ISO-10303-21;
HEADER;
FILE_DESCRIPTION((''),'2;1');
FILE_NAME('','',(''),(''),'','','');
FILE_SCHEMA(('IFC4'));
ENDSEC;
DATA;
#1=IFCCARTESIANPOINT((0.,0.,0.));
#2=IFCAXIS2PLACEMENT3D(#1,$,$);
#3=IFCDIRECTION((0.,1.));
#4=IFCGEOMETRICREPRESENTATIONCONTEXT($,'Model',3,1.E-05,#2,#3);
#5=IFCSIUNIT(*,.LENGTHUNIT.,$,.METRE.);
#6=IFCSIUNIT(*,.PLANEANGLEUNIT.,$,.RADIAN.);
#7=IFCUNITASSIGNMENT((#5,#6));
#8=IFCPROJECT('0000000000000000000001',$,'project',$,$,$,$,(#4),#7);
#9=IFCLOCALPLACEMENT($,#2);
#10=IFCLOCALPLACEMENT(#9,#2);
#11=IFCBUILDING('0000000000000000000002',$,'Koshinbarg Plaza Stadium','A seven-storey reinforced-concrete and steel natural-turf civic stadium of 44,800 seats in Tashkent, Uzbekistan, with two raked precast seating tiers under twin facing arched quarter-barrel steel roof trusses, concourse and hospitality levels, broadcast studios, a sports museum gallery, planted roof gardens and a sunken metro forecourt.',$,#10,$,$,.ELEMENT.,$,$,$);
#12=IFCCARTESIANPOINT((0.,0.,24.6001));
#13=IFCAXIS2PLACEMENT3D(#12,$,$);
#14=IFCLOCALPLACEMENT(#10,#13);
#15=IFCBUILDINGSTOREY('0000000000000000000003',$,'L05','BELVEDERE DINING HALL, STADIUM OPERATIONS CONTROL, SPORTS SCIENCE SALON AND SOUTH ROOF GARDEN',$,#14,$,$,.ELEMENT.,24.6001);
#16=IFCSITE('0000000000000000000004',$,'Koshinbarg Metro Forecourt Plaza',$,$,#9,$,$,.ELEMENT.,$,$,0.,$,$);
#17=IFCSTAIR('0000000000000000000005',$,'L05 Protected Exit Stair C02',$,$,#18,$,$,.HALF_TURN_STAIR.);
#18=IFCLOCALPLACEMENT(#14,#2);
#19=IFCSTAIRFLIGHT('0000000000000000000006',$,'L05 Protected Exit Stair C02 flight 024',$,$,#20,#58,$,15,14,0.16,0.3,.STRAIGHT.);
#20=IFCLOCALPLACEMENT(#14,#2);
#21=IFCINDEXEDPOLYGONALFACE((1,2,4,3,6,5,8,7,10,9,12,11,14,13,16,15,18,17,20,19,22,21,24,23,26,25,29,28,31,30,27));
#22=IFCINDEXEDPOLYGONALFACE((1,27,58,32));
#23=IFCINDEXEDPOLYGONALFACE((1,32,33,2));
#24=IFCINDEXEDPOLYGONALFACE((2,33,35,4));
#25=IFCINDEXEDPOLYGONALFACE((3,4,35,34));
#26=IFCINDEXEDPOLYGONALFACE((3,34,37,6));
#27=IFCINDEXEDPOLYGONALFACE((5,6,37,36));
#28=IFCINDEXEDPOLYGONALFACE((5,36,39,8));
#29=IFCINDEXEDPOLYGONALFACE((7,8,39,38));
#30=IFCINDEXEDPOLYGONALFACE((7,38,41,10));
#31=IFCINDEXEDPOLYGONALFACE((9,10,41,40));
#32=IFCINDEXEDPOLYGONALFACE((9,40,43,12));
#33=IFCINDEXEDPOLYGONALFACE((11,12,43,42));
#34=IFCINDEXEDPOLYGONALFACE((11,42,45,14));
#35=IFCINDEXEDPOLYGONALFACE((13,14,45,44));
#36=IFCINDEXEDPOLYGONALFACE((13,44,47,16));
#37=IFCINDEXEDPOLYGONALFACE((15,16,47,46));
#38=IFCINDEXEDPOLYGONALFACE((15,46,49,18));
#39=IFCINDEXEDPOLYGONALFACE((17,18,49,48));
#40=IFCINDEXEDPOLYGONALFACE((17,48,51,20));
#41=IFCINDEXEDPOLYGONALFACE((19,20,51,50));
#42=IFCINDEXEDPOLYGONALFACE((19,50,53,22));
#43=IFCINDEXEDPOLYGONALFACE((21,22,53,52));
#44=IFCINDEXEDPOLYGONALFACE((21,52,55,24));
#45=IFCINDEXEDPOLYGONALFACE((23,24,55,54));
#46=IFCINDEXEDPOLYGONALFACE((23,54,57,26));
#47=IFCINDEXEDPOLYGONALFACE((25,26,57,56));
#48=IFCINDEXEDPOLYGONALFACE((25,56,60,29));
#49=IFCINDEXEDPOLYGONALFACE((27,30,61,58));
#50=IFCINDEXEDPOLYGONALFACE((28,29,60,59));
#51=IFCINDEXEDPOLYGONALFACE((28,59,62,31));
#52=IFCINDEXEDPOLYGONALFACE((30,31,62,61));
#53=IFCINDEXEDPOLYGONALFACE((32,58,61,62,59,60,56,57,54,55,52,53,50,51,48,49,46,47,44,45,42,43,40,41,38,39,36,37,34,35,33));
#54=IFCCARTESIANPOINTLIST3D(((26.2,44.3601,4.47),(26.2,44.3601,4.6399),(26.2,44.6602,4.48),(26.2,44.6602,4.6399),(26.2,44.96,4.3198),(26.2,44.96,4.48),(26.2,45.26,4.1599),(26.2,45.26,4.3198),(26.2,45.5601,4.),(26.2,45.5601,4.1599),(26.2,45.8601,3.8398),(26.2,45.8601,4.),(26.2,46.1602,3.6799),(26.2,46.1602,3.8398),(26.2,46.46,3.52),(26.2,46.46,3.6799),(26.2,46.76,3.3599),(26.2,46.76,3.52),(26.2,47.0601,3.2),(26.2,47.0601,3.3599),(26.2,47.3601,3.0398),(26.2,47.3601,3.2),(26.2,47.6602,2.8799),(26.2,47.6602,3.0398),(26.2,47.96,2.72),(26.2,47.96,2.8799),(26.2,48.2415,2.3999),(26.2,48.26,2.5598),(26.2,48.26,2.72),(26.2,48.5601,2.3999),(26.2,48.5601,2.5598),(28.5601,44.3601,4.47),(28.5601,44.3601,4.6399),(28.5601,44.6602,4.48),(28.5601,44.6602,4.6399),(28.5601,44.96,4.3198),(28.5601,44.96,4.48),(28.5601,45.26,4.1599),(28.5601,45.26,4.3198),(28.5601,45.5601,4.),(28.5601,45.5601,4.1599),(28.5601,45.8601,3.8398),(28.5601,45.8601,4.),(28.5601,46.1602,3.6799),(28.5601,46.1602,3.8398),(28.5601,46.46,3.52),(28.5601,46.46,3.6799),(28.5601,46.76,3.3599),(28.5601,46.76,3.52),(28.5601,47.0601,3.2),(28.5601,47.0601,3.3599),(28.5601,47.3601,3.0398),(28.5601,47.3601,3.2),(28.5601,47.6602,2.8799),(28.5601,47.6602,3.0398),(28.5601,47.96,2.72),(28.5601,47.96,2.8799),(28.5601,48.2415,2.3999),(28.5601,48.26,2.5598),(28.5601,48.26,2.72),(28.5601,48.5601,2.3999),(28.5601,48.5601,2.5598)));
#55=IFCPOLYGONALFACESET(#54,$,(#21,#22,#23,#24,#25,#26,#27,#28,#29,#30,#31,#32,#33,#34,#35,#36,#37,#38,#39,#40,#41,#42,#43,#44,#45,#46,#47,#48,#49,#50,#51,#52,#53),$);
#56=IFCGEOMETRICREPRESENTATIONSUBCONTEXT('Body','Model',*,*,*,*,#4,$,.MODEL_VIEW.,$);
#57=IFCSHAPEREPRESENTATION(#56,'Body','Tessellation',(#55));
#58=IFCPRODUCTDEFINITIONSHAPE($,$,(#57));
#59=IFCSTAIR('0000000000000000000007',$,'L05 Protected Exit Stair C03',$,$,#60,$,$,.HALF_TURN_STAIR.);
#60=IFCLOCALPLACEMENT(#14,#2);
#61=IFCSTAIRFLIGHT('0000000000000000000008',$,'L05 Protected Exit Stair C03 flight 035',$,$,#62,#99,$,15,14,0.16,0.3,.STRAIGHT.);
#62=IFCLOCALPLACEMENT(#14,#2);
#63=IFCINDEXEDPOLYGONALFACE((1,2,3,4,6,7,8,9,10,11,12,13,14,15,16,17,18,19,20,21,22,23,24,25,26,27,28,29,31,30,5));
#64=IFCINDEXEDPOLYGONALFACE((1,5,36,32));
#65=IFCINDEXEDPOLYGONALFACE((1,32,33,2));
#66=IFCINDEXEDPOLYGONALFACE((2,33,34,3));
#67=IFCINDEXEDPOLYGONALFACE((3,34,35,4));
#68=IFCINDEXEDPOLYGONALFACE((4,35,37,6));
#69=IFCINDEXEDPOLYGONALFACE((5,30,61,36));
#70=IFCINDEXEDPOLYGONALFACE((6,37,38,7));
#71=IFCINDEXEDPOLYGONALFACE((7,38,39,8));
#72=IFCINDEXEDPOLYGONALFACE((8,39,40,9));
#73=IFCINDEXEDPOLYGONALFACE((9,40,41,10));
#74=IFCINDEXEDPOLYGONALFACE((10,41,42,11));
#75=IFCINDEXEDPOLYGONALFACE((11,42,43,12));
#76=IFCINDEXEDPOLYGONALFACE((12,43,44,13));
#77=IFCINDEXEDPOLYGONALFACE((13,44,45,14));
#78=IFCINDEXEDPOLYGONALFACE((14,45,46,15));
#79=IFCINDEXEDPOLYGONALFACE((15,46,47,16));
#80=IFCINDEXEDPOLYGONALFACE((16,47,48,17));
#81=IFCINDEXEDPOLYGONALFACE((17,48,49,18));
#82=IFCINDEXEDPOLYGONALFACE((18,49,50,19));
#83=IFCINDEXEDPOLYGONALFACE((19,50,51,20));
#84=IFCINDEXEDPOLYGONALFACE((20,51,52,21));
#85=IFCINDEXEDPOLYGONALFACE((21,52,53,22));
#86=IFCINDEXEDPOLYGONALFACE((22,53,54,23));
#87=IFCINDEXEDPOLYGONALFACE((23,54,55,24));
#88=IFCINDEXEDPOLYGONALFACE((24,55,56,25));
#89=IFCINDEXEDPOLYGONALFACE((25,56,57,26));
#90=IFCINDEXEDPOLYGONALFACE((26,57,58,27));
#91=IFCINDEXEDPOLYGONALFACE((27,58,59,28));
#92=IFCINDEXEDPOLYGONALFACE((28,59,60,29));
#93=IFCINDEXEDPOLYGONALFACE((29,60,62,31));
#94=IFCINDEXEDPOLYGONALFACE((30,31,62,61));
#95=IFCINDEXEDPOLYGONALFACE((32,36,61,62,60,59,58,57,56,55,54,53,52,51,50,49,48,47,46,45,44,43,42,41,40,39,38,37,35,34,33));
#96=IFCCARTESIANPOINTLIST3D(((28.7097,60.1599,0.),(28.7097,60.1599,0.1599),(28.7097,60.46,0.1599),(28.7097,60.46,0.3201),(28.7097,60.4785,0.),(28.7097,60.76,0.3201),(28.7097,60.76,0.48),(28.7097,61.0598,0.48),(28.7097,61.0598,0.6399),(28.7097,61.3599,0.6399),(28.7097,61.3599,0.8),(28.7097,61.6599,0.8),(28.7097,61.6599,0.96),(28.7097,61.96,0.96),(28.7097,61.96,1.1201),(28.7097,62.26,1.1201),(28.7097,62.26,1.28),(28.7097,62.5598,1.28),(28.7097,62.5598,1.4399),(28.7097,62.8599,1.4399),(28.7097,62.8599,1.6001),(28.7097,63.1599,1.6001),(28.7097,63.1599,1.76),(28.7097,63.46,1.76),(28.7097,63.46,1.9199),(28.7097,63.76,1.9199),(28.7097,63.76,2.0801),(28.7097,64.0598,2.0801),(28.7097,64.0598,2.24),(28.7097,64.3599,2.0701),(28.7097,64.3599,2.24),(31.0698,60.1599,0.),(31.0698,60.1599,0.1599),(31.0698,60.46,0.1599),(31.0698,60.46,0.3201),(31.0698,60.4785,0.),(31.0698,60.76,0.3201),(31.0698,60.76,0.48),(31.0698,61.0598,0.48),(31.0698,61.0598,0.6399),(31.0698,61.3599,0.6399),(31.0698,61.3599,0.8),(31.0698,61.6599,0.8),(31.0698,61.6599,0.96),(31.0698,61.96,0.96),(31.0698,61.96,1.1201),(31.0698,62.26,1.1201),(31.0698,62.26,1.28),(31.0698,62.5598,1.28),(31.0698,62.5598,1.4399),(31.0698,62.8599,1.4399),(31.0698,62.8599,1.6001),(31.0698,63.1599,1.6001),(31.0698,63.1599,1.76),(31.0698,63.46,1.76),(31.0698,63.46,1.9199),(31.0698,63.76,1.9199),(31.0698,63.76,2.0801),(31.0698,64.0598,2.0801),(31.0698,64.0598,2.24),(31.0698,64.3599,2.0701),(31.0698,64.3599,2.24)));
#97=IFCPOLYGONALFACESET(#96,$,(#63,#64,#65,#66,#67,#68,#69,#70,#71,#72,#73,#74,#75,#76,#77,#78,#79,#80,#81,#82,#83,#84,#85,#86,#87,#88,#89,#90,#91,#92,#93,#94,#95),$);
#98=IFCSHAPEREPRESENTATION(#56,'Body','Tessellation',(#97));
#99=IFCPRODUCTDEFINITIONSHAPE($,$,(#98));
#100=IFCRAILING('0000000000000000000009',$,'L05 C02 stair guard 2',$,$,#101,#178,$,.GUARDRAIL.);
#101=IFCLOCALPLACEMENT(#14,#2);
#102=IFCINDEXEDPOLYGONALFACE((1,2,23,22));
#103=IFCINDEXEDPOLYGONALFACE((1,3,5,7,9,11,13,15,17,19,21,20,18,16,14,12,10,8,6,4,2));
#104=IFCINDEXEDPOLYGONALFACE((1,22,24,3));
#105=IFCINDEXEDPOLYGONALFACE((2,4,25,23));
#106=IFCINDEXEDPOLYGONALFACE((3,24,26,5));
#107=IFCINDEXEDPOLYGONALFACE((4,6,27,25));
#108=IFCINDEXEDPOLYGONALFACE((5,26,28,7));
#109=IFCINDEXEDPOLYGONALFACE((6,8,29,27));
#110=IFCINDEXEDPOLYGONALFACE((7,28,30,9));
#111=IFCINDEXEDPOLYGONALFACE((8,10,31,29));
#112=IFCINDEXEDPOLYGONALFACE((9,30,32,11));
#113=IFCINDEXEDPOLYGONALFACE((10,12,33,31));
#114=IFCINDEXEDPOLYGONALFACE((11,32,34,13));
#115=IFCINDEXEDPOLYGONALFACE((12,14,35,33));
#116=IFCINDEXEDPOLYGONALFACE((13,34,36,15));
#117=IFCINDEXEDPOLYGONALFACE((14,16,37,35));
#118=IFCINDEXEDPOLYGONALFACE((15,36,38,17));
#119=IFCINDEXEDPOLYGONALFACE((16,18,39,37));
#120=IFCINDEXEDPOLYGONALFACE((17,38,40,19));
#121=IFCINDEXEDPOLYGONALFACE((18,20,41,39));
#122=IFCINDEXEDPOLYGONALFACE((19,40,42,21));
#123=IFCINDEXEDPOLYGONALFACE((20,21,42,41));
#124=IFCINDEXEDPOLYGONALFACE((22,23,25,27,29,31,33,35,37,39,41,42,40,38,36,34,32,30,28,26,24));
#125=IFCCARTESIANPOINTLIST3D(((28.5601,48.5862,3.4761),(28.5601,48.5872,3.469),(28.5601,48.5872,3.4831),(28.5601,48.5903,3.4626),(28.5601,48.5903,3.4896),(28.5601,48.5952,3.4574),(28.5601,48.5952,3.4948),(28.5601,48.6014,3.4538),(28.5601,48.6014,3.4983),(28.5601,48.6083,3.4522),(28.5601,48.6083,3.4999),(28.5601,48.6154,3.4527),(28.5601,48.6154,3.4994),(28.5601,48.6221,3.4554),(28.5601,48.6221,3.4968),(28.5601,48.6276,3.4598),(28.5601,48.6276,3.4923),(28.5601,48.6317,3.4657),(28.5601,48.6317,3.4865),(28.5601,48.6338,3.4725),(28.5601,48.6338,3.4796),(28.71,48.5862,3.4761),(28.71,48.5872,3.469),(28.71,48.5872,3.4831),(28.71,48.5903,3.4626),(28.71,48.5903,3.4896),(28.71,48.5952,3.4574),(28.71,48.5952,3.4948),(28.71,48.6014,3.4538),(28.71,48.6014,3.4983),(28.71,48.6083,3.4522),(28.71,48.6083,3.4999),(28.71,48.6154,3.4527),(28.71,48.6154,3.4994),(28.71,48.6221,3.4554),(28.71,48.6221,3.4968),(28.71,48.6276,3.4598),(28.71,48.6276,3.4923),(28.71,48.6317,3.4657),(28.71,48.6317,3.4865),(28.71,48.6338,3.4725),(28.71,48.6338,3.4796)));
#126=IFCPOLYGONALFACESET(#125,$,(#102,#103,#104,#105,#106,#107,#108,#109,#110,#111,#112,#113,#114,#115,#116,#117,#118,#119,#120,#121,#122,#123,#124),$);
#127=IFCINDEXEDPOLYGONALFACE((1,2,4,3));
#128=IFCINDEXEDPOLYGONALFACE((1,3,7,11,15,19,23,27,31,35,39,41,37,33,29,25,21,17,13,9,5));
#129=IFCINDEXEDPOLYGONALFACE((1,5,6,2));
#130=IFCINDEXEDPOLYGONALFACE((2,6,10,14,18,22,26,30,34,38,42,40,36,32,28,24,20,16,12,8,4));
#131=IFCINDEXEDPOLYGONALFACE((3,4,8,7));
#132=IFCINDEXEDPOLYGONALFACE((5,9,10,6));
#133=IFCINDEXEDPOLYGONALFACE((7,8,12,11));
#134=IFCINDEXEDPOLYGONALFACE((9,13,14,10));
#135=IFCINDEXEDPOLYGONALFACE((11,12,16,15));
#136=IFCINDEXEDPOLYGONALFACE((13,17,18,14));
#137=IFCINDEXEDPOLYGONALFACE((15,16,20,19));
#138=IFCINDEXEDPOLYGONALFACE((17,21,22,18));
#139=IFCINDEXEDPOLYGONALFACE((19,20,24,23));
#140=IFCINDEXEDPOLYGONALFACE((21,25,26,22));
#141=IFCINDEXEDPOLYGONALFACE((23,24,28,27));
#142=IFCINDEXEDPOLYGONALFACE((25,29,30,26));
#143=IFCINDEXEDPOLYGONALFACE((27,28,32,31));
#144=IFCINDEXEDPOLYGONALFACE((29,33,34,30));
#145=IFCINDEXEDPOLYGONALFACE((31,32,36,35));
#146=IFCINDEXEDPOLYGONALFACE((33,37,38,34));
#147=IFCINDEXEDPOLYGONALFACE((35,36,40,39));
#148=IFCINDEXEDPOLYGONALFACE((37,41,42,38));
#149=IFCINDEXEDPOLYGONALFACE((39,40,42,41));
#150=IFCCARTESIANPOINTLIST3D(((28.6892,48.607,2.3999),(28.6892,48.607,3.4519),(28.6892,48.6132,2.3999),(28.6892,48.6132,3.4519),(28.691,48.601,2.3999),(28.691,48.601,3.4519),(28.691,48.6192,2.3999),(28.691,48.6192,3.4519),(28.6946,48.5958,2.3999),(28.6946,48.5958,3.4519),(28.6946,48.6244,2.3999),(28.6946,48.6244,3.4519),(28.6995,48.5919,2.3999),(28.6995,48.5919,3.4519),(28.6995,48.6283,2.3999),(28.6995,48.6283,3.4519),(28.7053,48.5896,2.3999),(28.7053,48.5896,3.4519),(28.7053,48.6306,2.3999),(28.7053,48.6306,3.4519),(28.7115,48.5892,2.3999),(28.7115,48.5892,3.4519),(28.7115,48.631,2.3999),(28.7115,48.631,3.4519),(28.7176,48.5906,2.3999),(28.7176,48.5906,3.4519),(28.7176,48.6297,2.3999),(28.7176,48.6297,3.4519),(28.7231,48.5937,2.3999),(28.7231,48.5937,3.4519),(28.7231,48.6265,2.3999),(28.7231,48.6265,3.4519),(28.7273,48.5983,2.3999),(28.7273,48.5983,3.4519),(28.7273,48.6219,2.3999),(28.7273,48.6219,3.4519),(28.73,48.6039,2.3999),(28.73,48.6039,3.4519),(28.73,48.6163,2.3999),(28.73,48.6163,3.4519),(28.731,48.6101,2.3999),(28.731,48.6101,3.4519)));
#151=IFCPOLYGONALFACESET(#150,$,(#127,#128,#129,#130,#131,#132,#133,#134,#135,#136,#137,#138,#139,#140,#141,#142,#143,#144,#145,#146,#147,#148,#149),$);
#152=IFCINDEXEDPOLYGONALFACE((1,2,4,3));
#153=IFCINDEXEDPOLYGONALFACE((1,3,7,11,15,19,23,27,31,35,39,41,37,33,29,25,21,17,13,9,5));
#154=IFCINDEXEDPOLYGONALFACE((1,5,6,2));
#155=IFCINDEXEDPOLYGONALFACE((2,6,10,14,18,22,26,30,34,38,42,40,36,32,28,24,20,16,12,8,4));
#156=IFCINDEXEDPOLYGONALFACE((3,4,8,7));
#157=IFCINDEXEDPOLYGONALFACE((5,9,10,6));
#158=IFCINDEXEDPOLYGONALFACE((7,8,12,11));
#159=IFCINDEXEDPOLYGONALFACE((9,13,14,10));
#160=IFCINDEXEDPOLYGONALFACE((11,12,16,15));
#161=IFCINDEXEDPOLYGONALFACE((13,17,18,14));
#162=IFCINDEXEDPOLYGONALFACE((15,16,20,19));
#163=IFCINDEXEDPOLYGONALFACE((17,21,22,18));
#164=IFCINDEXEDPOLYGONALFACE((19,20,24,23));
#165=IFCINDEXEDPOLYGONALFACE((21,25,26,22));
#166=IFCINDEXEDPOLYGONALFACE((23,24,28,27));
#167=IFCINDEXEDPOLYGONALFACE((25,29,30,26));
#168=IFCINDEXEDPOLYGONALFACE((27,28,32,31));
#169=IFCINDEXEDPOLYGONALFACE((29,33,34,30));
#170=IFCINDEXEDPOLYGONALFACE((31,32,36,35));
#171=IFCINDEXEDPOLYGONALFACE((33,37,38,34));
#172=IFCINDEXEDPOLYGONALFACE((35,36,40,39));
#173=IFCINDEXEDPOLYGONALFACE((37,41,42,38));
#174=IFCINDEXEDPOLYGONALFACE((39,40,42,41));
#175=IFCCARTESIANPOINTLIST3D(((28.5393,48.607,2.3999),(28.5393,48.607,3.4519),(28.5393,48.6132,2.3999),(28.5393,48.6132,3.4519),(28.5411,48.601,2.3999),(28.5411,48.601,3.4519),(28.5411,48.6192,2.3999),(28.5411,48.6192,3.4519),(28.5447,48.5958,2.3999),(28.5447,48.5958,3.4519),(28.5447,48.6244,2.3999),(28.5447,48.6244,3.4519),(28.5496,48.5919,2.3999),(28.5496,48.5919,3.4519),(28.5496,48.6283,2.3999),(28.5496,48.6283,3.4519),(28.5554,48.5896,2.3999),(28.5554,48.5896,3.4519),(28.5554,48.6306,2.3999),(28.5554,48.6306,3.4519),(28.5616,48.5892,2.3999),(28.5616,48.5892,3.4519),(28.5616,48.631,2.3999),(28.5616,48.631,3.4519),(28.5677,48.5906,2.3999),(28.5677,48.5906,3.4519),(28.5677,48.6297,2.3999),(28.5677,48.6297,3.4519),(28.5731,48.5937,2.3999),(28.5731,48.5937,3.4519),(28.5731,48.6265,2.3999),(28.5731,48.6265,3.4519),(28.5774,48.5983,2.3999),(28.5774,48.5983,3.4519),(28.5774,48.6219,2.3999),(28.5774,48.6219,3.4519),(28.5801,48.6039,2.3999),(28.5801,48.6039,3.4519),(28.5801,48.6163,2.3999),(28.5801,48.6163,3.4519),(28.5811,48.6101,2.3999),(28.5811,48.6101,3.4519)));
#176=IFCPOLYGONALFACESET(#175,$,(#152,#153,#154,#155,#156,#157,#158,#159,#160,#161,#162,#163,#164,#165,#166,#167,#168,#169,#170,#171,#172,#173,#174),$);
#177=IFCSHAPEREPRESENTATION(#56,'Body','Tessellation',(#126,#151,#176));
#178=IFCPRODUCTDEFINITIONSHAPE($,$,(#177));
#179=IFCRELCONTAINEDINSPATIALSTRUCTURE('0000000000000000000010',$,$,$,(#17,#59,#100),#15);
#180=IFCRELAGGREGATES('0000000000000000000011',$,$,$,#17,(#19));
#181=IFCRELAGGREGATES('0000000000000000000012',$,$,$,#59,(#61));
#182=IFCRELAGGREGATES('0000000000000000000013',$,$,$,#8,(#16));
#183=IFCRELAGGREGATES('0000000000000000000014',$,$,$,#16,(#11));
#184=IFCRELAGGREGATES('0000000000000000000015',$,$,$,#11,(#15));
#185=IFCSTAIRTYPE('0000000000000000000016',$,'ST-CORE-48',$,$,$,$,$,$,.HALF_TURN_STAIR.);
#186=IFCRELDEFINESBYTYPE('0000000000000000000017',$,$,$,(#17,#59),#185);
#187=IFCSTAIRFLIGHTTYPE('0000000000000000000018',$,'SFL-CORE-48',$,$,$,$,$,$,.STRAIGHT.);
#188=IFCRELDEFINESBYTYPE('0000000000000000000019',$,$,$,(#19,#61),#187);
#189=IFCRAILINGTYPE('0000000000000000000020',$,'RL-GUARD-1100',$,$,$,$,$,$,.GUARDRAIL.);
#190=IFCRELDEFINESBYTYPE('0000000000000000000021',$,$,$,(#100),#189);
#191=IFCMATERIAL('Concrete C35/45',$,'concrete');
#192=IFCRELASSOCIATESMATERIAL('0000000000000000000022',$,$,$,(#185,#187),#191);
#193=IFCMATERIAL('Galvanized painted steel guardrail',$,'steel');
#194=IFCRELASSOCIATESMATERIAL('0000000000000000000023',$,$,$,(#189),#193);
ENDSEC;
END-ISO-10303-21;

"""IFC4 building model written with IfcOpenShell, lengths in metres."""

from ifc_helpers import new_model, si_unit, direction, frame, origin, origin_2d, place, context, subcontext, project, spatial, polyline, circle, outline, extrude, material, type_object, element, aggregate, save


model = new_model("IFC4")

# Units and contexts
model_context = context("Model", 3, precision=1e-05, world=origin(), true_north=direction((0.0, 1.0)))
body_context = subcontext(model_context, "Body", "Model", "MODEL_VIEW")
ifc_project = project(units=[si_unit("LENGTHUNIT", "METRE"), si_unit("PLANEANGLEUNIT", "RADIAN")], contexts=[model_context])

# Site, building, storey
site_placement = place(None, origin())
site = spatial("IfcSite", under=ifc_project, at=site_placement, Name="Koshinbarg Metro Forecourt Plaza", CompositionType="ELEMENT", RefElevation=0.0)
building_placement = place(site_placement, origin())
building = spatial("IfcBuilding", under=site, at=building_placement, Name="Koshinbarg Plaza Stadium", Description="A seven-storey reinforced-concrete and steel natural-turf civic stadium of 44,800 seats in Tashkent, Uzbekistan, with two raked precast seating tiers under twin facing arched quarter-barrel steel roof trusses, concourse and hospitality levels, broadcast studios, a sports museum gallery, planted roof gardens and a sunken metro forecourt.", CompositionType="ELEMENT")
storey_placement = place(building_placement, frame((0.0, 0.0, 24.6001)))
storey = spatial("IfcBuildingStorey", under=building, at=storey_placement, Name="L05", Description="BELVEDERE DINING HALL, STADIUM OPERATIONS CONTROL, SPORTS SCIENCE SALON AND SOUTH ROOF GARDEN", CompositionType="ELEMENT", Elevation=24.6001)

# Stairs, stair flights
ifc_material_1 = material(Name="Concrete C35/45", Category="concrete")
stair_type = type_object("IfcStairType", Name="ST-CORE-48", PredefinedType="HALF_TURN_STAIR", material=ifc_material_1)
stair_1_placement = place(storey_placement, origin())
stair_1 = element("IfcStair", 1, at=stair_1_placement, inside=storey, type_object=stair_type, Name="L05 Protected Exit Stair C02", PredefinedType="HALF_TURN_STAIR")
stair_flight_type = type_object("IfcStairFlightType", Name="SFL-CORE-48", PredefinedType="STRAIGHT", material=ifc_material_1)
stair_flight_1_placement = place(storey_placement, frame((27.3799, 48.5601, 2.3999), z_axis=(0.0, 0.0, 1.0), x_axis=(0.0, -1.0, 0.0)))
stair_flight_1 = element("IfcStairFlight", 2, at=stair_flight_1_placement, type_object=stair_flight_type, Name="L05 Protected Exit Stair C02 flight 024", NumberOfRisers=15, NumberOfTreads=14, PredefinedType="STRAIGHT", RiserHeight=0.16, TreadLength=0.3, context=body_context, shape_type="SweptSolid", body=[
    extrude(outline(polyline([(0.0, 0.0), (0.0, 0.1599), (0.3, 0.1599), (0.3, 0.3201), (0.6001, 0.3201), (0.6001, 0.48), (0.8999, 0.48), (0.8999, 0.6399), (1.2, 0.6399), (1.2, 0.8), (1.5, 0.8), (1.5, 0.96), (1.8, 0.96), (1.8, 1.1201), (2.1001, 1.1201), (2.1001, 1.28), (2.3999, 1.28), (2.3999, 1.4399), (2.7, 1.4399), (2.7, 1.6001), (3.0, 1.6001), (3.0, 1.76), (3.3, 1.76), (3.3, 1.9199), (3.6001, 1.9199), (3.6001, 2.0801), (3.8999, 2.0801), (3.8999, 2.24), (4.2, 2.24), (4.2, 2.3999), (4.2, 2.0701), (0.3186, 0.0), (0.0, 0.0)])), frame((0.0, 1.1802, 0.0), z_axis=(0.0, -1.0, 0.0), x_axis=(1.0, 0.0, 0.0)), (0.0, 0.0, 1.0), 2.3601),
])
aggregate(stair_1, [stair_flight_1])
stair_2_placement = place(storey_placement, origin())
stair_2 = element("IfcStair", 3, at=stair_2_placement, inside=storey, type_object=stair_type, Name="L05 Protected Exit Stair C03", PredefinedType="HALF_TURN_STAIR")
stair_flight_2_placement = place(storey_placement, frame((29.8899, 60.1599, 0.0), z_axis=(0.0, 0.0, 1.0), x_axis=(0.0, 1.0, 0.0)))
stair_flight_2 = element("IfcStairFlight", 4, at=stair_flight_2_placement, type_object=stair_flight_type, Name="L05 Protected Exit Stair C03 flight 035", NumberOfRisers=15, NumberOfTreads=14, PredefinedType="STRAIGHT", RiserHeight=0.16, TreadLength=0.3, context=body_context, shape_type="SweptSolid", body=[
    extrude(outline(polyline([(0.0, 0.0), (0.0, 0.1599), (0.3, 0.1599), (0.3, 0.3201), (0.6001, 0.3201), (0.6001, 0.48), (0.8999, 0.48), (0.8999, 0.6399), (1.2, 0.6399), (1.2, 0.8), (1.5, 0.8), (1.5, 0.96), (1.8, 0.96), (1.8, 1.1201), (2.1001, 1.1201), (2.1001, 1.28), (2.3999, 1.28), (2.3999, 1.4399), (2.7, 1.4399), (2.7, 1.6001), (3.0, 1.6001), (3.0, 1.76), (3.3, 1.76), (3.3, 1.9199), (3.6001, 1.9199), (3.6001, 2.0801), (3.8999, 2.0801), (3.8999, 2.24), (4.2, 2.24), (4.2, 2.3999), (4.2, 2.0701), (0.3186, 0.0), (0.0, 0.0)])), frame((0.0, 1.1802, 0.0), z_axis=(0.0, -1.0, 0.0), x_axis=(1.0, 0.0, 0.0)), (0.0, 0.0, 1.0), 2.3601),
])
aggregate(stair_2, [stair_flight_2])

# Railing
ifc_material_2 = material(Name="Galvanized painted steel guardrail", Category="steel")
railing_type_1 = type_object("IfcRailingType", Name="RL-GUARD-1100", PredefinedType="GUARDRAIL", material=ifc_material_2)
railing_1_placement = place(storey_placement, frame((28.71, 48.6101, 2.3999)))
element("IfcRailing", 5, at=railing_1_placement, inside=storey, type_object=railing_type_1, Name="L05 C02 stair guard 2", PredefinedType="GUARDRAIL", context=body_context, shape_type="SweptSolid", body=[
    extrude(circle(Radius=0.0239, at=origin_2d()), frame((0.0, 0.0, 1.0762), z_axis=(-1.0, 0.0, 0.0), x_axis=(0.0, -1.0, 0.0)), (0.0, 0.0, 1.0), 0.1499),
    extrude(circle(Radius=0.021, at=origin_2d()), origin(), (0.0, 0.0, 1.0), 1.052),
    extrude(circle(Radius=0.021, at=origin_2d()), frame((-0.1499, 0.0, 0.0)), (0.0, 0.0, 1.0), 1.052),
])

save(model, "model.ifc")
